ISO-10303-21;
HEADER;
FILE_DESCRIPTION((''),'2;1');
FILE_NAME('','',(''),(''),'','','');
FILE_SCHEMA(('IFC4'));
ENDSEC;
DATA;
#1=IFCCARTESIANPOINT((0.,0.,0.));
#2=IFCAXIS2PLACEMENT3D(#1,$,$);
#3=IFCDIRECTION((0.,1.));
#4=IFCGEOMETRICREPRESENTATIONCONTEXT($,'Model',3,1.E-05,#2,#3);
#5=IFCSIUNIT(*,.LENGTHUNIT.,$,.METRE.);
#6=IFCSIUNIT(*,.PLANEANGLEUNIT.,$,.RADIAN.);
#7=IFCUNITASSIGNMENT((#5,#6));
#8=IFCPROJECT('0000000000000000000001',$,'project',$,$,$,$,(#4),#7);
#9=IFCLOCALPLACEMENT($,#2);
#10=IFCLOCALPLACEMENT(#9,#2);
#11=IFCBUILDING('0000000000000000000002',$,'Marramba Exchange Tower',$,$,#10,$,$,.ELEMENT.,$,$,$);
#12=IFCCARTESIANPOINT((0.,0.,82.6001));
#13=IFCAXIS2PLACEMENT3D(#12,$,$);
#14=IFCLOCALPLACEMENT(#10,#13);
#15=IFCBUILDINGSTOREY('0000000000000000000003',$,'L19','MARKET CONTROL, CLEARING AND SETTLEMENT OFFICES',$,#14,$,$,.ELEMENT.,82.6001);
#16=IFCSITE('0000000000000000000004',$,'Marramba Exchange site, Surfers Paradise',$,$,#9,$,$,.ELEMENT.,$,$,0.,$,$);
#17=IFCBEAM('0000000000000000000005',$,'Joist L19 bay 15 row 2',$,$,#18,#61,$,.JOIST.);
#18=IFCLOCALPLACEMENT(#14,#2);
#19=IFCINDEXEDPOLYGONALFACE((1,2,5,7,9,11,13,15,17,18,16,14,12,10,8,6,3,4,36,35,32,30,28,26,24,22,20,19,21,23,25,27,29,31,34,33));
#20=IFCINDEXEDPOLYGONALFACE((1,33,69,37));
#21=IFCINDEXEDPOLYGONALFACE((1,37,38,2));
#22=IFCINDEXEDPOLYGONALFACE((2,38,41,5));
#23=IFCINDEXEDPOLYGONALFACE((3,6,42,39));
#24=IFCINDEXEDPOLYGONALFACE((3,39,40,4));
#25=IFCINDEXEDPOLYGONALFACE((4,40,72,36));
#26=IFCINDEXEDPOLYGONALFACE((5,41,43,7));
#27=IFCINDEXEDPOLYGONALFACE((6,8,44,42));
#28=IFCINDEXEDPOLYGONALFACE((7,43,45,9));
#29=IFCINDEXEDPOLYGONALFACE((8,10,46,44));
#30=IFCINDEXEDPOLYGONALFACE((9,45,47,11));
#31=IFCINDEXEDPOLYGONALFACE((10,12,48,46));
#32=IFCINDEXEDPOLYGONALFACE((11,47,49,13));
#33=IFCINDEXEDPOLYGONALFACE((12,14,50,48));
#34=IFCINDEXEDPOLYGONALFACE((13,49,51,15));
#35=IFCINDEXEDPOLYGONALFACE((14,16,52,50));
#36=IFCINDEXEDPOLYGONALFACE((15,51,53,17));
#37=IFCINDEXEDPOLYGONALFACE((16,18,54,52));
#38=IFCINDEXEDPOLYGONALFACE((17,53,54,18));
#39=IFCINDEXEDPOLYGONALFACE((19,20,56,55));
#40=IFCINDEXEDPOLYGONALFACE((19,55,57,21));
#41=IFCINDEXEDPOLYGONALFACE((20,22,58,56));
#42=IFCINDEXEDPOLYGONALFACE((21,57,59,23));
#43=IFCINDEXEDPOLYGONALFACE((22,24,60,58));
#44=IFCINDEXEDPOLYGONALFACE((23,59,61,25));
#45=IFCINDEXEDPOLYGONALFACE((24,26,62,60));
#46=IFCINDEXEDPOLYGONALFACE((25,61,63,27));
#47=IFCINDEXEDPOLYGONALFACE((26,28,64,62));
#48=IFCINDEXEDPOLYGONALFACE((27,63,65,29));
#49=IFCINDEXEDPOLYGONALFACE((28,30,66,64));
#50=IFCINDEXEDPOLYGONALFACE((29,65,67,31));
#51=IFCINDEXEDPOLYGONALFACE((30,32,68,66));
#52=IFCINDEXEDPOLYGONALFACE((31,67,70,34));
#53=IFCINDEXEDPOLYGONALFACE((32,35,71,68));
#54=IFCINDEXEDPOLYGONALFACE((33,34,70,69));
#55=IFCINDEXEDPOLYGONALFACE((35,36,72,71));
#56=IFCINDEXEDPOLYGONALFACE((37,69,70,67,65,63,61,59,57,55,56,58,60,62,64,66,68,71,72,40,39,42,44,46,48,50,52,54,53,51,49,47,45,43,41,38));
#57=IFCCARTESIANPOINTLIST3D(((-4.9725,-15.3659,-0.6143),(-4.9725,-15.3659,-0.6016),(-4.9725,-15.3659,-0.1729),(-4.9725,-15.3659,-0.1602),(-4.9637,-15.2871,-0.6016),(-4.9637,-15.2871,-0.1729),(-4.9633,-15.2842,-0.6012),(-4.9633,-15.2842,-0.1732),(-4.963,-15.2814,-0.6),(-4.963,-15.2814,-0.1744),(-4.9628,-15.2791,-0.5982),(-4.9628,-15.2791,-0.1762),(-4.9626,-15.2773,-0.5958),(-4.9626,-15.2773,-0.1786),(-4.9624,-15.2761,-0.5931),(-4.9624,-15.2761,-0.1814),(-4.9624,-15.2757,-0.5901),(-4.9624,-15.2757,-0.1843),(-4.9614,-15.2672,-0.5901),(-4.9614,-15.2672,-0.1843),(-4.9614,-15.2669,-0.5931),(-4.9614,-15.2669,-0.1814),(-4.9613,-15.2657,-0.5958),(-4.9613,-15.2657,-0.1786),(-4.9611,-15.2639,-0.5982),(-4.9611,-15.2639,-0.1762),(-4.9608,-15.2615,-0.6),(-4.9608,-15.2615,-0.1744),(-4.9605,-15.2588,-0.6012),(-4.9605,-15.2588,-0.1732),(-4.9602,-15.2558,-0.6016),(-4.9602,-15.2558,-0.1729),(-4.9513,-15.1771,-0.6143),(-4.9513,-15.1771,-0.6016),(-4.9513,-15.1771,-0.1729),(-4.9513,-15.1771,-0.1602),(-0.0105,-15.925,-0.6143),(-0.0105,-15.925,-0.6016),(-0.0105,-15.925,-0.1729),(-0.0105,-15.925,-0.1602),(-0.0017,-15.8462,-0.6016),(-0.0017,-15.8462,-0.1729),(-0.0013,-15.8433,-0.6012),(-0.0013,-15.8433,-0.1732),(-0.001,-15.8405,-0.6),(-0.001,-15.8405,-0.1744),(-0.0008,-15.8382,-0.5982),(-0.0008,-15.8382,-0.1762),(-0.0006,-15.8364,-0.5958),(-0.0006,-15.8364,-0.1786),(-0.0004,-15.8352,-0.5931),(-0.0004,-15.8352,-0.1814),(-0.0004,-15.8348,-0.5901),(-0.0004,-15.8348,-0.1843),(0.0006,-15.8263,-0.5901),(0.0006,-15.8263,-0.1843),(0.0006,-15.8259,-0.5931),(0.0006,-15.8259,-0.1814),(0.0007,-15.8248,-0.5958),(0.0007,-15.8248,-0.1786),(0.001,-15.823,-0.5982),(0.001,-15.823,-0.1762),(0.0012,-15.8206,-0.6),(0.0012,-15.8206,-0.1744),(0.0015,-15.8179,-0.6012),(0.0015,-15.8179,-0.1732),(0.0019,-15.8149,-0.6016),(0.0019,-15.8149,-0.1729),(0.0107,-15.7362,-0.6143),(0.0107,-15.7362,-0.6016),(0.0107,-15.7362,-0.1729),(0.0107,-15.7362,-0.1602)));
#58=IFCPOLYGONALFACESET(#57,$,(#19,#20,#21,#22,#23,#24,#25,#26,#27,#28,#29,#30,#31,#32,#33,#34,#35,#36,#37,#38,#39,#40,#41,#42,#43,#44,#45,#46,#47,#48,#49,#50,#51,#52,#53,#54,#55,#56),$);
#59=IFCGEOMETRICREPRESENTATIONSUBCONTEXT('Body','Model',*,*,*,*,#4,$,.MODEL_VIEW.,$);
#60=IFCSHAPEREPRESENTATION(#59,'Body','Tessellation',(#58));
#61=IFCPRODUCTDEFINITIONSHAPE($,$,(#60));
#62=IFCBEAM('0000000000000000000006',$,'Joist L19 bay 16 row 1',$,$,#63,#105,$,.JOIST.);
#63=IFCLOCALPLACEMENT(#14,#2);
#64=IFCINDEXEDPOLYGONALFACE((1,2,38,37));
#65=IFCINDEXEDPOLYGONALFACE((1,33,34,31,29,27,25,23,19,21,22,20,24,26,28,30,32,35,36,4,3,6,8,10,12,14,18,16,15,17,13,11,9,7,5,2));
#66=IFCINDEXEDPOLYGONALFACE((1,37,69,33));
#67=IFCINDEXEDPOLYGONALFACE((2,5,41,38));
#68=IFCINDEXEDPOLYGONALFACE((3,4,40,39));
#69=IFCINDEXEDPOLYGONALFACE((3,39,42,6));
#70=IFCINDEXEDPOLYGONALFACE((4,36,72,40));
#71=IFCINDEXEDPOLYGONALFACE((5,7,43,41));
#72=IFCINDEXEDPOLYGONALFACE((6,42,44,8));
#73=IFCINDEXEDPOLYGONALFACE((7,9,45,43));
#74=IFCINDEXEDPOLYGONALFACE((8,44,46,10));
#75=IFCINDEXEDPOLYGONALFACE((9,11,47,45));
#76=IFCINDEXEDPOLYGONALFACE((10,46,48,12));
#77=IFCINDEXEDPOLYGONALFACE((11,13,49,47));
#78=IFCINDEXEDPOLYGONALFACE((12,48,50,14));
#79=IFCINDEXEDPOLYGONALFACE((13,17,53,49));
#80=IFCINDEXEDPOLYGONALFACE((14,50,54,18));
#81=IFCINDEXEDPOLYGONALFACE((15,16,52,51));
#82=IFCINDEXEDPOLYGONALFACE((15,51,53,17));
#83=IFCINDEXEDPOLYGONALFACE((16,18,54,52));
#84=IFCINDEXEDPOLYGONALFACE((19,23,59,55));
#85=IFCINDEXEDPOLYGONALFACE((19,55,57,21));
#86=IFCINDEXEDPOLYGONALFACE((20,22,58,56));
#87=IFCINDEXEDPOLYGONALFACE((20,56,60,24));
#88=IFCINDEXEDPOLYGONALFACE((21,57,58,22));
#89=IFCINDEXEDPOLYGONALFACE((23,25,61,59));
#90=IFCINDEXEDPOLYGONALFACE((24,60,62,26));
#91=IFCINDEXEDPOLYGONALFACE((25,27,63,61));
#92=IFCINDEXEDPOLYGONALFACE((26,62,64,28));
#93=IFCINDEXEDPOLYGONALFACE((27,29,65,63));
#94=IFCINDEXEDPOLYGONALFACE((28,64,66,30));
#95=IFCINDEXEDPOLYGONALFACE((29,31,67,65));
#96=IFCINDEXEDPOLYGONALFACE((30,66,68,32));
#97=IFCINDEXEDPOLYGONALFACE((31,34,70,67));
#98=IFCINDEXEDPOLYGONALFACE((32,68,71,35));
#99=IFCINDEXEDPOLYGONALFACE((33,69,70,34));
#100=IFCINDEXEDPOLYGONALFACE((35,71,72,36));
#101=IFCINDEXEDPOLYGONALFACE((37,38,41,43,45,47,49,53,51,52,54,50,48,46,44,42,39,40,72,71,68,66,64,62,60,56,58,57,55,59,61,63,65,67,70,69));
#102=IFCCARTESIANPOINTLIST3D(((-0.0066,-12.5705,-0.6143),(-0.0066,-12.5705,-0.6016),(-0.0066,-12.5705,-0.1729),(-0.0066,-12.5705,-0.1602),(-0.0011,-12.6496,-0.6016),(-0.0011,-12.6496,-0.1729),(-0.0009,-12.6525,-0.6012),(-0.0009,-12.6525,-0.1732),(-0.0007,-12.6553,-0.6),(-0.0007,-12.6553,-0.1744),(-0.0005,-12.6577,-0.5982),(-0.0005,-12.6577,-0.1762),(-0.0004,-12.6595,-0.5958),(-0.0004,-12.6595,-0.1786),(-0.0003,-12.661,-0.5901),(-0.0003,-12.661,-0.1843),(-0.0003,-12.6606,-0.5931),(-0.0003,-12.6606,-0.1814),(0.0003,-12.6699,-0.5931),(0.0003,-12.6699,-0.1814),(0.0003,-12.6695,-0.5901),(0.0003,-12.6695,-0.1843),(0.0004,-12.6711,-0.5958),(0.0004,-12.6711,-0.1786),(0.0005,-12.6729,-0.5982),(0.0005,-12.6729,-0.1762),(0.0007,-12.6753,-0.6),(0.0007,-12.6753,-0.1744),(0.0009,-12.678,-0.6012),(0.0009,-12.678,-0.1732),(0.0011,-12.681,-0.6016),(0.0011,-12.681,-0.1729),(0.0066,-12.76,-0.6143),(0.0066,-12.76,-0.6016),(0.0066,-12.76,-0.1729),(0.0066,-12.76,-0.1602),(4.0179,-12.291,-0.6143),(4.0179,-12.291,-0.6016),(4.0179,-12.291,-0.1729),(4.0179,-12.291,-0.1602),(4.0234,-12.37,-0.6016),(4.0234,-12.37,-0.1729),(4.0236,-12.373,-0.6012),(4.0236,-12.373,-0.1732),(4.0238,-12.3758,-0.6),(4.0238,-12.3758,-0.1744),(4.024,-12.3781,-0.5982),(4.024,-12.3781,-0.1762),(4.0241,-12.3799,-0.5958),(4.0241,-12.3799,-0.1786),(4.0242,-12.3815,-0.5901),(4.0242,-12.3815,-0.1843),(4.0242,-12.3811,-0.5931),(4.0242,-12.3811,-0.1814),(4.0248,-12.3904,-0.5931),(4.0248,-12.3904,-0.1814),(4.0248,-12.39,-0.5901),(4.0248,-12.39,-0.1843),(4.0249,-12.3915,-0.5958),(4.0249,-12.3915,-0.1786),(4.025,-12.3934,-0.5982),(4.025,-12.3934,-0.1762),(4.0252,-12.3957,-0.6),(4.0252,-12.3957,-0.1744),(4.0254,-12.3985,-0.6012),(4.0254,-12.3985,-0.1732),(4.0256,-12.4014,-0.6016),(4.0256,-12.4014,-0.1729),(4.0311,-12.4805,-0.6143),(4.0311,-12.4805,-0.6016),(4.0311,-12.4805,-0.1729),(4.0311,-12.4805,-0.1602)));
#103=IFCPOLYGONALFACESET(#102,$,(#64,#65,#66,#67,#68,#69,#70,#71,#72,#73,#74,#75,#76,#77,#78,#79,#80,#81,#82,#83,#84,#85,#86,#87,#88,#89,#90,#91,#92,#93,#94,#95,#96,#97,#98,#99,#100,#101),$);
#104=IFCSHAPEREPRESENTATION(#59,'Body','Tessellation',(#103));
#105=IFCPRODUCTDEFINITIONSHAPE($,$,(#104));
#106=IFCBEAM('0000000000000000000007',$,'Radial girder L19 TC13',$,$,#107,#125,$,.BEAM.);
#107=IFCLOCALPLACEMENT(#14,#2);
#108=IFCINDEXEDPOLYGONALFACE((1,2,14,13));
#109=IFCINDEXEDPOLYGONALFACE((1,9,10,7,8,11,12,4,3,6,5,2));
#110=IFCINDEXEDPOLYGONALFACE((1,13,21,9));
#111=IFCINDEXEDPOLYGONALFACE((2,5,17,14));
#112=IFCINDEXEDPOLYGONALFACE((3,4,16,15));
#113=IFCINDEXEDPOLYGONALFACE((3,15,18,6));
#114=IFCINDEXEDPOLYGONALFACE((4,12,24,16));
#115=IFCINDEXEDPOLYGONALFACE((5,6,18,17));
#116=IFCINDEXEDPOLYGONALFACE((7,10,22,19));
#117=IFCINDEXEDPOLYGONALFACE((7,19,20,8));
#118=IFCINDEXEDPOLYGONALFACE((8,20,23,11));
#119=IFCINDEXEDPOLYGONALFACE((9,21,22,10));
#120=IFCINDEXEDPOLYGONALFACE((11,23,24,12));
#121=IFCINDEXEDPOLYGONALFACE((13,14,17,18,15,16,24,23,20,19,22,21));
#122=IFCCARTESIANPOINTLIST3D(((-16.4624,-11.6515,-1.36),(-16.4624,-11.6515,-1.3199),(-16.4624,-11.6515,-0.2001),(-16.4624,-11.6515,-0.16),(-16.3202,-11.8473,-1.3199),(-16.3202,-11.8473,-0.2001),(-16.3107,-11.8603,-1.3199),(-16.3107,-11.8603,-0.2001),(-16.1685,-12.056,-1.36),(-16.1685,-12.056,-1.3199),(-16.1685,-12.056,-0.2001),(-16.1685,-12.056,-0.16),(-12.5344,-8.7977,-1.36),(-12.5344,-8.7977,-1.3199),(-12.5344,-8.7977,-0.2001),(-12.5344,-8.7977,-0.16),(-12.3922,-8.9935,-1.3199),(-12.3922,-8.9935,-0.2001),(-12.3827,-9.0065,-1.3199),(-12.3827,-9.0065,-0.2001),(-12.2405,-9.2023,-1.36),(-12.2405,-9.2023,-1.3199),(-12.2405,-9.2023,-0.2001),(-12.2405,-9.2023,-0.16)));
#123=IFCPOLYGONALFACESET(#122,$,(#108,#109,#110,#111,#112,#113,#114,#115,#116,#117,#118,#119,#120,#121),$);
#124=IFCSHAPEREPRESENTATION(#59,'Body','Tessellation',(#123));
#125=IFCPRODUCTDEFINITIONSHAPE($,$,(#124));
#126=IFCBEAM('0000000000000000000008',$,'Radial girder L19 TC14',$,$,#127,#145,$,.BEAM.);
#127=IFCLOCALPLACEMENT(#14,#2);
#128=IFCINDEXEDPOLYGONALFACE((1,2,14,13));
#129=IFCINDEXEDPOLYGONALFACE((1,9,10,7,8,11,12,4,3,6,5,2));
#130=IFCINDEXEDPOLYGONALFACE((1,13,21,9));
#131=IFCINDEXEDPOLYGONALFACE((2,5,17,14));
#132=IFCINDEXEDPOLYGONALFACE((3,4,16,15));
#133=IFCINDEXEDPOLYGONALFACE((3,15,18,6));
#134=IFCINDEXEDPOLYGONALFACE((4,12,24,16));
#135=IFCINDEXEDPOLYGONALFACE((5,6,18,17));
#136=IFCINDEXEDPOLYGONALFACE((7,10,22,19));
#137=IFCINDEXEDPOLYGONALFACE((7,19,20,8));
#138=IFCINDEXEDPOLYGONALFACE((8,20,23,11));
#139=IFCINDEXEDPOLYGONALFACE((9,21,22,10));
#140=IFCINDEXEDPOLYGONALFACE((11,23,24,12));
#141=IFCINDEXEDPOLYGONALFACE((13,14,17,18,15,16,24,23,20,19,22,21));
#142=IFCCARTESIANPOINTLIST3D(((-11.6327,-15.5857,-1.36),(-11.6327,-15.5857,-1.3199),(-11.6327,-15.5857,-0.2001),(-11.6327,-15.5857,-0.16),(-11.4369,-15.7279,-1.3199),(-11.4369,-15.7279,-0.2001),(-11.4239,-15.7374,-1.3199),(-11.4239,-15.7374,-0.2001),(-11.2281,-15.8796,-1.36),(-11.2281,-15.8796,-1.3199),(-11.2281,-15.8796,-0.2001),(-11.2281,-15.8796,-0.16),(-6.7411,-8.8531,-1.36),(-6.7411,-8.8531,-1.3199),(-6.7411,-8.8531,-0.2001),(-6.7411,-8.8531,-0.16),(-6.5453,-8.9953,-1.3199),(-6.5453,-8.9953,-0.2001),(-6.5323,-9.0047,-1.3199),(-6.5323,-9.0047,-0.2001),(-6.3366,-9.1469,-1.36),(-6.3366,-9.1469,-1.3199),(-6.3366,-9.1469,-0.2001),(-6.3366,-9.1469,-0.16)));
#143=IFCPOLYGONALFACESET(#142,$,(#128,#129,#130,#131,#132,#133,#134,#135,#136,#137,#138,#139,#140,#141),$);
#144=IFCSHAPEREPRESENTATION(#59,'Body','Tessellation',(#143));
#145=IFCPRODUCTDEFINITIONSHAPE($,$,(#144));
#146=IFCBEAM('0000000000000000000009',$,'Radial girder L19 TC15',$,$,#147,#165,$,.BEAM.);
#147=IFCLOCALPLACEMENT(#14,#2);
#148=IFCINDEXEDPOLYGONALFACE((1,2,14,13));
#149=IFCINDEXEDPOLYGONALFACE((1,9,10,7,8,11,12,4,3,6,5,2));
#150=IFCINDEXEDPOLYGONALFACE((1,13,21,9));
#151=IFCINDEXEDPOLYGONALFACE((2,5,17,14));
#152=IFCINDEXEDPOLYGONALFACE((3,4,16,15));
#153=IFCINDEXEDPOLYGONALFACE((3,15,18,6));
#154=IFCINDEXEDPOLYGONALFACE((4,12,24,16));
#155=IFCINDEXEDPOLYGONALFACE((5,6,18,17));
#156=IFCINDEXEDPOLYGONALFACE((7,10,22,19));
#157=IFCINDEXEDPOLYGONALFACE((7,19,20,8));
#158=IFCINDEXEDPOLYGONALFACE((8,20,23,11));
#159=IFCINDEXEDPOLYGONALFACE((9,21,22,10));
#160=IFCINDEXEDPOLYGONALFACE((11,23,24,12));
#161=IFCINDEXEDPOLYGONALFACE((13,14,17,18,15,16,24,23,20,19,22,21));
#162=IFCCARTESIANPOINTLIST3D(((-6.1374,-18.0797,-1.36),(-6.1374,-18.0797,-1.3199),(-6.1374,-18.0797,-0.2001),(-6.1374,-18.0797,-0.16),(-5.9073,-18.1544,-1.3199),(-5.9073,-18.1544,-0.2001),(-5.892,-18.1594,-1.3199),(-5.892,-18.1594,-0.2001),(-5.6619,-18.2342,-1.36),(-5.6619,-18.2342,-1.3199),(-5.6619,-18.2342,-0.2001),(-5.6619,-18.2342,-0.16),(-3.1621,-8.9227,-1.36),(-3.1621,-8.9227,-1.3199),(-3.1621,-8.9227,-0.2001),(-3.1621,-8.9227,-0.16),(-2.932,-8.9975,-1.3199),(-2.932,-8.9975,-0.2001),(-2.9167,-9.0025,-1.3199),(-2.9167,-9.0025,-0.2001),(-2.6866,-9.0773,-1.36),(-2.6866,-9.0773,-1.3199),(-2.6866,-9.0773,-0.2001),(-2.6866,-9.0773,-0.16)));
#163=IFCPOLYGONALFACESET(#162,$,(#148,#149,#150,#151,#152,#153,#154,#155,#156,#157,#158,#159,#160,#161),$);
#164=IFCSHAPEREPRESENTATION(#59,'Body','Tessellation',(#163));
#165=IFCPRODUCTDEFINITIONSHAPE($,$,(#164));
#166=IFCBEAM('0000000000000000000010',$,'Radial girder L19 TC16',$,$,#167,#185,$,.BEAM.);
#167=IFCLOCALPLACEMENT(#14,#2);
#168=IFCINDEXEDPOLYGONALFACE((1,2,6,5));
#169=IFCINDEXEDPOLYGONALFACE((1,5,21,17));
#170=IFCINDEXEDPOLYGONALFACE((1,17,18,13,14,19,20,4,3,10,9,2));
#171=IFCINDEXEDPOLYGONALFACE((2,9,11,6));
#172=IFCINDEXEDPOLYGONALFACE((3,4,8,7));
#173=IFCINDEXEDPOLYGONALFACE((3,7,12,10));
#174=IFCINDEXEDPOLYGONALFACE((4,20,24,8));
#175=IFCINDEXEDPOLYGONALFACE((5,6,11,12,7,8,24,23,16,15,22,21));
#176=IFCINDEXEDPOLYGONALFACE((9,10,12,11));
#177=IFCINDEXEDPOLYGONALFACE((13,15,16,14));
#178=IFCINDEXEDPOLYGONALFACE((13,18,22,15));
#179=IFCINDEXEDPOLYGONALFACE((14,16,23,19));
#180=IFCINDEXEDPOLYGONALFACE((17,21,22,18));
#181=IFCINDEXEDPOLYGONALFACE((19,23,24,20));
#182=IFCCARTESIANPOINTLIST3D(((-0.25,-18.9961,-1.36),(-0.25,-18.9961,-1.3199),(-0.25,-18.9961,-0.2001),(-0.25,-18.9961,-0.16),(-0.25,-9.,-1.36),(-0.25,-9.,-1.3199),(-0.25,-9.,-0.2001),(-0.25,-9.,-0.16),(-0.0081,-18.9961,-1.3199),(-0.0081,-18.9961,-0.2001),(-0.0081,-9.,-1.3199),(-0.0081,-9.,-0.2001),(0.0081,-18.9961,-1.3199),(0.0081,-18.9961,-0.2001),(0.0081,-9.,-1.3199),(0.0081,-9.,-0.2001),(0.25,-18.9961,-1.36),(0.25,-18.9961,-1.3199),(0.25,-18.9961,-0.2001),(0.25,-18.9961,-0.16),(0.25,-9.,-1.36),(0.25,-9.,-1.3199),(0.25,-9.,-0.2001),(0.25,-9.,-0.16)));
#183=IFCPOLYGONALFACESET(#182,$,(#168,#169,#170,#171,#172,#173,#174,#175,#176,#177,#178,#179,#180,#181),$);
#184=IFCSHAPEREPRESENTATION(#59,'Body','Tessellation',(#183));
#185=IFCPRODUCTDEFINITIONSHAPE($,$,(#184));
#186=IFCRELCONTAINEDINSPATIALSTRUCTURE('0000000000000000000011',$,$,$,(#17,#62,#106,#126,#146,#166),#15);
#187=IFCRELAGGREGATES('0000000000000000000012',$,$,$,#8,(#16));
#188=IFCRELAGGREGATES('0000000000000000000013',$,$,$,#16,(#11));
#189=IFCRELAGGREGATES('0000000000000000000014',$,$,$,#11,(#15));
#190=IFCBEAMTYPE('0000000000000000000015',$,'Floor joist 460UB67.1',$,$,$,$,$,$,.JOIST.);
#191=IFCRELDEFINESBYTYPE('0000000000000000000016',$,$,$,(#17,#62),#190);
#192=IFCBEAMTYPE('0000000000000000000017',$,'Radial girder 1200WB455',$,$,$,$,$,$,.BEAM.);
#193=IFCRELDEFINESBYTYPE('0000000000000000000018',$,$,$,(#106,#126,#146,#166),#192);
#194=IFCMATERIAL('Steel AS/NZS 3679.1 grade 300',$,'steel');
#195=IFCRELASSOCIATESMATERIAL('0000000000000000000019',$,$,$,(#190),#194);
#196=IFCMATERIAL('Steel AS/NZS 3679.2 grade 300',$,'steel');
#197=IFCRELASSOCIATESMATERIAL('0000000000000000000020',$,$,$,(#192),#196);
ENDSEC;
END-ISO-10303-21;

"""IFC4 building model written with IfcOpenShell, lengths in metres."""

from ifc_helpers import new_model, si_unit, direction, frame, origin, origin_2d, place, context, subcontext, project, spatial, i_section, extrude, material, material_profile, profile_set, type_object, element, save


model = new_model("IFC4")

# Units and contexts
model_context = context("Model", 3, precision=1e-05, world=origin(), true_north=direction((0.0, 1.0)))
body_context = subcontext(model_context, "Body", "Model", "MODEL_VIEW")
ifc_project = project(units=[si_unit("LENGTHUNIT", "METRE"), si_unit("PLANEANGLEUNIT", "RADIAN")], contexts=[model_context])

# Site, building, storey
site_placement = place(None, origin())
site = spatial("IfcSite", under=ifc_project, at=site_placement, Name="Marramba Exchange site, Surfers Paradise", CompositionType="ELEMENT", RefElevation=0.0)
building_placement = place(site_placement, origin())
building = spatial("IfcBuilding", under=site, at=building_placement, Name="Marramba Exchange Tower", CompositionType="ELEMENT")
storey_placement = place(building_placement, frame((0.0, 0.0, 82.6001)))
storey = spatial("IfcBuildingStorey", under=building, at=storey_placement, Name="L19", Description="MARKET CONTROL, CLEARING AND SETTLEMENT OFFICES", CompositionType="ELEMENT", Elevation=82.6001)

# Beams
ifc_material_1 = material(Name="Steel AS/NZS 3679.2 grade 300", Category="steel")
ifc_material_2 = material(Name="Steel AS/NZS 3679.1 grade 300", Category="steel")
ifc_material_profile_1 = material_profile(ifc_material_2, i_section(OverallWidth=0.1899, OverallDepth=0.4541, WebThickness=0.0085, FlangeThickness=0.0127, FilletRadius=0.0115, at=origin_2d()), Name="460UB67.1")
ifc_profile_set_1 = profile_set([ifc_material_profile_1], Name="Steel AS/NZS 3679.1 grade 300")
beam_type_1 = type_object("IfcBeamType", Name="Floor joist 460UB67.1", PredefinedType="JOIST", material=ifc_profile_set_1)
beam_1_placement = place(storey_placement, frame((-4.9619, -15.2715, -0.3872), z_axis=(0.993712, -0.111966, 0.0), x_axis=(0.111966, 0.993712, 0.0)))
element("IfcBeam", 1, at=beam_1_placement, inside=storey, type_object=beam_type_1, Name="Joist L19 bay 15 row 2", PredefinedType="JOIST", context=body_context, shape_type="SweptSolid", body=[
    extrude(i_section(OverallWidth=0.1899, OverallDepth=0.4541, WebThickness=0.0085, FlangeThickness=0.0127, FilletRadius=0.0115, at=origin_2d()), origin(), (0.0, 0.0, 1.0), 4.9934),
])
beam_2_placement = place(storey_placement, frame((0.0, -12.6653, -0.3872), z_axis=(0.997596, 0.069294, 0.0), x_axis=(-0.069294, 0.997596, 0.0)))
element("IfcBeam", 2, at=beam_2_placement, inside=storey, type_object=beam_type_1, Name="Joist L19 bay 16 row 1", PredefinedType="JOIST", context=body_context, shape_type="SweptSolid", body=[
    extrude(i_section(OverallWidth=0.1899, OverallDepth=0.4541, WebThickness=0.0085, FlangeThickness=0.0127, FilletRadius=0.0115, at=origin_2d()), origin(), (0.0, 0.0, 1.0), 4.0342),
])
ifc_material_profile_2 = material_profile(ifc_material_1, i_section(OverallWidth=0.5, OverallDepth=1.2, WebThickness=0.0161, FlangeThickness=0.04, at=origin_2d()), Name="1200WB455")
ifc_profile_set_2 = profile_set([ifc_material_profile_2], Name="Steel AS/NZS 3679.2 grade 300")
beam_type_2 = type_object("IfcBeamType", Name="Radial girder 1200WB455", PredefinedType="BEAM", material=ifc_profile_set_2)
beam_3_placement = place(storey_placement, frame((-12.3875, -9.0, -0.76), z_axis=(-0.809025, -0.587774, 0.0), x_axis=(0.587774, -0.809025, 0.0)))
element("IfcBeam", 3, at=beam_3_placement, inside=storey, type_object=beam_type_2, Name="Radial girder L19 TC13", PredefinedType="BEAM", context=body_context, shape_type="SweptSolid", body=[
    extrude(i_section(OverallWidth=0.5, OverallDepth=1.2, WebThickness=0.0161, FlangeThickness=0.04, at=origin_2d()), origin(), (0.0, 0.0, 1.0), 4.8552),
])
beam_4_placement = place(storey_placement, frame((-6.5388, -9.0, -0.76), z_axis=(-0.587788, -0.809015, 0.0), x_axis=(0.809015, -0.587788, 0.0)))
element("IfcBeam", 4, at=beam_4_placement, inside=storey, type_object=beam_type_2, Name="Radial girder L19 TC14", PredefinedType="BEAM", context=body_context, shape_type="SweptSolid", body=[
    extrude(i_section(OverallWidth=0.5, OverallDepth=1.2, WebThickness=0.0161, FlangeThickness=0.04, at=origin_2d()), origin(), (0.0, 0.0, 1.0), 8.322),
])
beam_5_placement = place(storey_placement, frame((-2.9243, -9.0, -0.76), z_axis=(-0.309022, -0.951055, 0.0), x_axis=(0.951055, -0.309022, 0.0)))
element("IfcBeam", 5, at=beam_5_placement, inside=storey, type_object=beam_type_2, Name="Radial girder L19 TC15", PredefinedType="BEAM", context=body_context, shape_type="SweptSolid", body=[
    extrude(i_section(OverallWidth=0.5, OverallDepth=1.2, WebThickness=0.0161, FlangeThickness=0.04, at=origin_2d()), origin(), (0.0, 0.0, 1.0), 9.6282),
])
beam_6_placement = place(storey_placement, frame((0.0, -9.0, -0.76), z_axis=(0.0, -1.0, 0.0), x_axis=(1.0, 0.0, 0.0)))
element("IfcBeam", 6, at=beam_6_placement, inside=storey, type_object=beam_type_2, Name="Radial girder L19 TC16", PredefinedType="BEAM", context=body_context, shape_type="SweptSolid", body=[
    extrude(i_section(OverallWidth=0.5, OverallDepth=1.2, WebThickness=0.0161, FlangeThickness=0.04, at=origin_2d()), origin(), (0.0, 0.0, 1.0), 9.9961),
])

save(model, "model.ifc")
